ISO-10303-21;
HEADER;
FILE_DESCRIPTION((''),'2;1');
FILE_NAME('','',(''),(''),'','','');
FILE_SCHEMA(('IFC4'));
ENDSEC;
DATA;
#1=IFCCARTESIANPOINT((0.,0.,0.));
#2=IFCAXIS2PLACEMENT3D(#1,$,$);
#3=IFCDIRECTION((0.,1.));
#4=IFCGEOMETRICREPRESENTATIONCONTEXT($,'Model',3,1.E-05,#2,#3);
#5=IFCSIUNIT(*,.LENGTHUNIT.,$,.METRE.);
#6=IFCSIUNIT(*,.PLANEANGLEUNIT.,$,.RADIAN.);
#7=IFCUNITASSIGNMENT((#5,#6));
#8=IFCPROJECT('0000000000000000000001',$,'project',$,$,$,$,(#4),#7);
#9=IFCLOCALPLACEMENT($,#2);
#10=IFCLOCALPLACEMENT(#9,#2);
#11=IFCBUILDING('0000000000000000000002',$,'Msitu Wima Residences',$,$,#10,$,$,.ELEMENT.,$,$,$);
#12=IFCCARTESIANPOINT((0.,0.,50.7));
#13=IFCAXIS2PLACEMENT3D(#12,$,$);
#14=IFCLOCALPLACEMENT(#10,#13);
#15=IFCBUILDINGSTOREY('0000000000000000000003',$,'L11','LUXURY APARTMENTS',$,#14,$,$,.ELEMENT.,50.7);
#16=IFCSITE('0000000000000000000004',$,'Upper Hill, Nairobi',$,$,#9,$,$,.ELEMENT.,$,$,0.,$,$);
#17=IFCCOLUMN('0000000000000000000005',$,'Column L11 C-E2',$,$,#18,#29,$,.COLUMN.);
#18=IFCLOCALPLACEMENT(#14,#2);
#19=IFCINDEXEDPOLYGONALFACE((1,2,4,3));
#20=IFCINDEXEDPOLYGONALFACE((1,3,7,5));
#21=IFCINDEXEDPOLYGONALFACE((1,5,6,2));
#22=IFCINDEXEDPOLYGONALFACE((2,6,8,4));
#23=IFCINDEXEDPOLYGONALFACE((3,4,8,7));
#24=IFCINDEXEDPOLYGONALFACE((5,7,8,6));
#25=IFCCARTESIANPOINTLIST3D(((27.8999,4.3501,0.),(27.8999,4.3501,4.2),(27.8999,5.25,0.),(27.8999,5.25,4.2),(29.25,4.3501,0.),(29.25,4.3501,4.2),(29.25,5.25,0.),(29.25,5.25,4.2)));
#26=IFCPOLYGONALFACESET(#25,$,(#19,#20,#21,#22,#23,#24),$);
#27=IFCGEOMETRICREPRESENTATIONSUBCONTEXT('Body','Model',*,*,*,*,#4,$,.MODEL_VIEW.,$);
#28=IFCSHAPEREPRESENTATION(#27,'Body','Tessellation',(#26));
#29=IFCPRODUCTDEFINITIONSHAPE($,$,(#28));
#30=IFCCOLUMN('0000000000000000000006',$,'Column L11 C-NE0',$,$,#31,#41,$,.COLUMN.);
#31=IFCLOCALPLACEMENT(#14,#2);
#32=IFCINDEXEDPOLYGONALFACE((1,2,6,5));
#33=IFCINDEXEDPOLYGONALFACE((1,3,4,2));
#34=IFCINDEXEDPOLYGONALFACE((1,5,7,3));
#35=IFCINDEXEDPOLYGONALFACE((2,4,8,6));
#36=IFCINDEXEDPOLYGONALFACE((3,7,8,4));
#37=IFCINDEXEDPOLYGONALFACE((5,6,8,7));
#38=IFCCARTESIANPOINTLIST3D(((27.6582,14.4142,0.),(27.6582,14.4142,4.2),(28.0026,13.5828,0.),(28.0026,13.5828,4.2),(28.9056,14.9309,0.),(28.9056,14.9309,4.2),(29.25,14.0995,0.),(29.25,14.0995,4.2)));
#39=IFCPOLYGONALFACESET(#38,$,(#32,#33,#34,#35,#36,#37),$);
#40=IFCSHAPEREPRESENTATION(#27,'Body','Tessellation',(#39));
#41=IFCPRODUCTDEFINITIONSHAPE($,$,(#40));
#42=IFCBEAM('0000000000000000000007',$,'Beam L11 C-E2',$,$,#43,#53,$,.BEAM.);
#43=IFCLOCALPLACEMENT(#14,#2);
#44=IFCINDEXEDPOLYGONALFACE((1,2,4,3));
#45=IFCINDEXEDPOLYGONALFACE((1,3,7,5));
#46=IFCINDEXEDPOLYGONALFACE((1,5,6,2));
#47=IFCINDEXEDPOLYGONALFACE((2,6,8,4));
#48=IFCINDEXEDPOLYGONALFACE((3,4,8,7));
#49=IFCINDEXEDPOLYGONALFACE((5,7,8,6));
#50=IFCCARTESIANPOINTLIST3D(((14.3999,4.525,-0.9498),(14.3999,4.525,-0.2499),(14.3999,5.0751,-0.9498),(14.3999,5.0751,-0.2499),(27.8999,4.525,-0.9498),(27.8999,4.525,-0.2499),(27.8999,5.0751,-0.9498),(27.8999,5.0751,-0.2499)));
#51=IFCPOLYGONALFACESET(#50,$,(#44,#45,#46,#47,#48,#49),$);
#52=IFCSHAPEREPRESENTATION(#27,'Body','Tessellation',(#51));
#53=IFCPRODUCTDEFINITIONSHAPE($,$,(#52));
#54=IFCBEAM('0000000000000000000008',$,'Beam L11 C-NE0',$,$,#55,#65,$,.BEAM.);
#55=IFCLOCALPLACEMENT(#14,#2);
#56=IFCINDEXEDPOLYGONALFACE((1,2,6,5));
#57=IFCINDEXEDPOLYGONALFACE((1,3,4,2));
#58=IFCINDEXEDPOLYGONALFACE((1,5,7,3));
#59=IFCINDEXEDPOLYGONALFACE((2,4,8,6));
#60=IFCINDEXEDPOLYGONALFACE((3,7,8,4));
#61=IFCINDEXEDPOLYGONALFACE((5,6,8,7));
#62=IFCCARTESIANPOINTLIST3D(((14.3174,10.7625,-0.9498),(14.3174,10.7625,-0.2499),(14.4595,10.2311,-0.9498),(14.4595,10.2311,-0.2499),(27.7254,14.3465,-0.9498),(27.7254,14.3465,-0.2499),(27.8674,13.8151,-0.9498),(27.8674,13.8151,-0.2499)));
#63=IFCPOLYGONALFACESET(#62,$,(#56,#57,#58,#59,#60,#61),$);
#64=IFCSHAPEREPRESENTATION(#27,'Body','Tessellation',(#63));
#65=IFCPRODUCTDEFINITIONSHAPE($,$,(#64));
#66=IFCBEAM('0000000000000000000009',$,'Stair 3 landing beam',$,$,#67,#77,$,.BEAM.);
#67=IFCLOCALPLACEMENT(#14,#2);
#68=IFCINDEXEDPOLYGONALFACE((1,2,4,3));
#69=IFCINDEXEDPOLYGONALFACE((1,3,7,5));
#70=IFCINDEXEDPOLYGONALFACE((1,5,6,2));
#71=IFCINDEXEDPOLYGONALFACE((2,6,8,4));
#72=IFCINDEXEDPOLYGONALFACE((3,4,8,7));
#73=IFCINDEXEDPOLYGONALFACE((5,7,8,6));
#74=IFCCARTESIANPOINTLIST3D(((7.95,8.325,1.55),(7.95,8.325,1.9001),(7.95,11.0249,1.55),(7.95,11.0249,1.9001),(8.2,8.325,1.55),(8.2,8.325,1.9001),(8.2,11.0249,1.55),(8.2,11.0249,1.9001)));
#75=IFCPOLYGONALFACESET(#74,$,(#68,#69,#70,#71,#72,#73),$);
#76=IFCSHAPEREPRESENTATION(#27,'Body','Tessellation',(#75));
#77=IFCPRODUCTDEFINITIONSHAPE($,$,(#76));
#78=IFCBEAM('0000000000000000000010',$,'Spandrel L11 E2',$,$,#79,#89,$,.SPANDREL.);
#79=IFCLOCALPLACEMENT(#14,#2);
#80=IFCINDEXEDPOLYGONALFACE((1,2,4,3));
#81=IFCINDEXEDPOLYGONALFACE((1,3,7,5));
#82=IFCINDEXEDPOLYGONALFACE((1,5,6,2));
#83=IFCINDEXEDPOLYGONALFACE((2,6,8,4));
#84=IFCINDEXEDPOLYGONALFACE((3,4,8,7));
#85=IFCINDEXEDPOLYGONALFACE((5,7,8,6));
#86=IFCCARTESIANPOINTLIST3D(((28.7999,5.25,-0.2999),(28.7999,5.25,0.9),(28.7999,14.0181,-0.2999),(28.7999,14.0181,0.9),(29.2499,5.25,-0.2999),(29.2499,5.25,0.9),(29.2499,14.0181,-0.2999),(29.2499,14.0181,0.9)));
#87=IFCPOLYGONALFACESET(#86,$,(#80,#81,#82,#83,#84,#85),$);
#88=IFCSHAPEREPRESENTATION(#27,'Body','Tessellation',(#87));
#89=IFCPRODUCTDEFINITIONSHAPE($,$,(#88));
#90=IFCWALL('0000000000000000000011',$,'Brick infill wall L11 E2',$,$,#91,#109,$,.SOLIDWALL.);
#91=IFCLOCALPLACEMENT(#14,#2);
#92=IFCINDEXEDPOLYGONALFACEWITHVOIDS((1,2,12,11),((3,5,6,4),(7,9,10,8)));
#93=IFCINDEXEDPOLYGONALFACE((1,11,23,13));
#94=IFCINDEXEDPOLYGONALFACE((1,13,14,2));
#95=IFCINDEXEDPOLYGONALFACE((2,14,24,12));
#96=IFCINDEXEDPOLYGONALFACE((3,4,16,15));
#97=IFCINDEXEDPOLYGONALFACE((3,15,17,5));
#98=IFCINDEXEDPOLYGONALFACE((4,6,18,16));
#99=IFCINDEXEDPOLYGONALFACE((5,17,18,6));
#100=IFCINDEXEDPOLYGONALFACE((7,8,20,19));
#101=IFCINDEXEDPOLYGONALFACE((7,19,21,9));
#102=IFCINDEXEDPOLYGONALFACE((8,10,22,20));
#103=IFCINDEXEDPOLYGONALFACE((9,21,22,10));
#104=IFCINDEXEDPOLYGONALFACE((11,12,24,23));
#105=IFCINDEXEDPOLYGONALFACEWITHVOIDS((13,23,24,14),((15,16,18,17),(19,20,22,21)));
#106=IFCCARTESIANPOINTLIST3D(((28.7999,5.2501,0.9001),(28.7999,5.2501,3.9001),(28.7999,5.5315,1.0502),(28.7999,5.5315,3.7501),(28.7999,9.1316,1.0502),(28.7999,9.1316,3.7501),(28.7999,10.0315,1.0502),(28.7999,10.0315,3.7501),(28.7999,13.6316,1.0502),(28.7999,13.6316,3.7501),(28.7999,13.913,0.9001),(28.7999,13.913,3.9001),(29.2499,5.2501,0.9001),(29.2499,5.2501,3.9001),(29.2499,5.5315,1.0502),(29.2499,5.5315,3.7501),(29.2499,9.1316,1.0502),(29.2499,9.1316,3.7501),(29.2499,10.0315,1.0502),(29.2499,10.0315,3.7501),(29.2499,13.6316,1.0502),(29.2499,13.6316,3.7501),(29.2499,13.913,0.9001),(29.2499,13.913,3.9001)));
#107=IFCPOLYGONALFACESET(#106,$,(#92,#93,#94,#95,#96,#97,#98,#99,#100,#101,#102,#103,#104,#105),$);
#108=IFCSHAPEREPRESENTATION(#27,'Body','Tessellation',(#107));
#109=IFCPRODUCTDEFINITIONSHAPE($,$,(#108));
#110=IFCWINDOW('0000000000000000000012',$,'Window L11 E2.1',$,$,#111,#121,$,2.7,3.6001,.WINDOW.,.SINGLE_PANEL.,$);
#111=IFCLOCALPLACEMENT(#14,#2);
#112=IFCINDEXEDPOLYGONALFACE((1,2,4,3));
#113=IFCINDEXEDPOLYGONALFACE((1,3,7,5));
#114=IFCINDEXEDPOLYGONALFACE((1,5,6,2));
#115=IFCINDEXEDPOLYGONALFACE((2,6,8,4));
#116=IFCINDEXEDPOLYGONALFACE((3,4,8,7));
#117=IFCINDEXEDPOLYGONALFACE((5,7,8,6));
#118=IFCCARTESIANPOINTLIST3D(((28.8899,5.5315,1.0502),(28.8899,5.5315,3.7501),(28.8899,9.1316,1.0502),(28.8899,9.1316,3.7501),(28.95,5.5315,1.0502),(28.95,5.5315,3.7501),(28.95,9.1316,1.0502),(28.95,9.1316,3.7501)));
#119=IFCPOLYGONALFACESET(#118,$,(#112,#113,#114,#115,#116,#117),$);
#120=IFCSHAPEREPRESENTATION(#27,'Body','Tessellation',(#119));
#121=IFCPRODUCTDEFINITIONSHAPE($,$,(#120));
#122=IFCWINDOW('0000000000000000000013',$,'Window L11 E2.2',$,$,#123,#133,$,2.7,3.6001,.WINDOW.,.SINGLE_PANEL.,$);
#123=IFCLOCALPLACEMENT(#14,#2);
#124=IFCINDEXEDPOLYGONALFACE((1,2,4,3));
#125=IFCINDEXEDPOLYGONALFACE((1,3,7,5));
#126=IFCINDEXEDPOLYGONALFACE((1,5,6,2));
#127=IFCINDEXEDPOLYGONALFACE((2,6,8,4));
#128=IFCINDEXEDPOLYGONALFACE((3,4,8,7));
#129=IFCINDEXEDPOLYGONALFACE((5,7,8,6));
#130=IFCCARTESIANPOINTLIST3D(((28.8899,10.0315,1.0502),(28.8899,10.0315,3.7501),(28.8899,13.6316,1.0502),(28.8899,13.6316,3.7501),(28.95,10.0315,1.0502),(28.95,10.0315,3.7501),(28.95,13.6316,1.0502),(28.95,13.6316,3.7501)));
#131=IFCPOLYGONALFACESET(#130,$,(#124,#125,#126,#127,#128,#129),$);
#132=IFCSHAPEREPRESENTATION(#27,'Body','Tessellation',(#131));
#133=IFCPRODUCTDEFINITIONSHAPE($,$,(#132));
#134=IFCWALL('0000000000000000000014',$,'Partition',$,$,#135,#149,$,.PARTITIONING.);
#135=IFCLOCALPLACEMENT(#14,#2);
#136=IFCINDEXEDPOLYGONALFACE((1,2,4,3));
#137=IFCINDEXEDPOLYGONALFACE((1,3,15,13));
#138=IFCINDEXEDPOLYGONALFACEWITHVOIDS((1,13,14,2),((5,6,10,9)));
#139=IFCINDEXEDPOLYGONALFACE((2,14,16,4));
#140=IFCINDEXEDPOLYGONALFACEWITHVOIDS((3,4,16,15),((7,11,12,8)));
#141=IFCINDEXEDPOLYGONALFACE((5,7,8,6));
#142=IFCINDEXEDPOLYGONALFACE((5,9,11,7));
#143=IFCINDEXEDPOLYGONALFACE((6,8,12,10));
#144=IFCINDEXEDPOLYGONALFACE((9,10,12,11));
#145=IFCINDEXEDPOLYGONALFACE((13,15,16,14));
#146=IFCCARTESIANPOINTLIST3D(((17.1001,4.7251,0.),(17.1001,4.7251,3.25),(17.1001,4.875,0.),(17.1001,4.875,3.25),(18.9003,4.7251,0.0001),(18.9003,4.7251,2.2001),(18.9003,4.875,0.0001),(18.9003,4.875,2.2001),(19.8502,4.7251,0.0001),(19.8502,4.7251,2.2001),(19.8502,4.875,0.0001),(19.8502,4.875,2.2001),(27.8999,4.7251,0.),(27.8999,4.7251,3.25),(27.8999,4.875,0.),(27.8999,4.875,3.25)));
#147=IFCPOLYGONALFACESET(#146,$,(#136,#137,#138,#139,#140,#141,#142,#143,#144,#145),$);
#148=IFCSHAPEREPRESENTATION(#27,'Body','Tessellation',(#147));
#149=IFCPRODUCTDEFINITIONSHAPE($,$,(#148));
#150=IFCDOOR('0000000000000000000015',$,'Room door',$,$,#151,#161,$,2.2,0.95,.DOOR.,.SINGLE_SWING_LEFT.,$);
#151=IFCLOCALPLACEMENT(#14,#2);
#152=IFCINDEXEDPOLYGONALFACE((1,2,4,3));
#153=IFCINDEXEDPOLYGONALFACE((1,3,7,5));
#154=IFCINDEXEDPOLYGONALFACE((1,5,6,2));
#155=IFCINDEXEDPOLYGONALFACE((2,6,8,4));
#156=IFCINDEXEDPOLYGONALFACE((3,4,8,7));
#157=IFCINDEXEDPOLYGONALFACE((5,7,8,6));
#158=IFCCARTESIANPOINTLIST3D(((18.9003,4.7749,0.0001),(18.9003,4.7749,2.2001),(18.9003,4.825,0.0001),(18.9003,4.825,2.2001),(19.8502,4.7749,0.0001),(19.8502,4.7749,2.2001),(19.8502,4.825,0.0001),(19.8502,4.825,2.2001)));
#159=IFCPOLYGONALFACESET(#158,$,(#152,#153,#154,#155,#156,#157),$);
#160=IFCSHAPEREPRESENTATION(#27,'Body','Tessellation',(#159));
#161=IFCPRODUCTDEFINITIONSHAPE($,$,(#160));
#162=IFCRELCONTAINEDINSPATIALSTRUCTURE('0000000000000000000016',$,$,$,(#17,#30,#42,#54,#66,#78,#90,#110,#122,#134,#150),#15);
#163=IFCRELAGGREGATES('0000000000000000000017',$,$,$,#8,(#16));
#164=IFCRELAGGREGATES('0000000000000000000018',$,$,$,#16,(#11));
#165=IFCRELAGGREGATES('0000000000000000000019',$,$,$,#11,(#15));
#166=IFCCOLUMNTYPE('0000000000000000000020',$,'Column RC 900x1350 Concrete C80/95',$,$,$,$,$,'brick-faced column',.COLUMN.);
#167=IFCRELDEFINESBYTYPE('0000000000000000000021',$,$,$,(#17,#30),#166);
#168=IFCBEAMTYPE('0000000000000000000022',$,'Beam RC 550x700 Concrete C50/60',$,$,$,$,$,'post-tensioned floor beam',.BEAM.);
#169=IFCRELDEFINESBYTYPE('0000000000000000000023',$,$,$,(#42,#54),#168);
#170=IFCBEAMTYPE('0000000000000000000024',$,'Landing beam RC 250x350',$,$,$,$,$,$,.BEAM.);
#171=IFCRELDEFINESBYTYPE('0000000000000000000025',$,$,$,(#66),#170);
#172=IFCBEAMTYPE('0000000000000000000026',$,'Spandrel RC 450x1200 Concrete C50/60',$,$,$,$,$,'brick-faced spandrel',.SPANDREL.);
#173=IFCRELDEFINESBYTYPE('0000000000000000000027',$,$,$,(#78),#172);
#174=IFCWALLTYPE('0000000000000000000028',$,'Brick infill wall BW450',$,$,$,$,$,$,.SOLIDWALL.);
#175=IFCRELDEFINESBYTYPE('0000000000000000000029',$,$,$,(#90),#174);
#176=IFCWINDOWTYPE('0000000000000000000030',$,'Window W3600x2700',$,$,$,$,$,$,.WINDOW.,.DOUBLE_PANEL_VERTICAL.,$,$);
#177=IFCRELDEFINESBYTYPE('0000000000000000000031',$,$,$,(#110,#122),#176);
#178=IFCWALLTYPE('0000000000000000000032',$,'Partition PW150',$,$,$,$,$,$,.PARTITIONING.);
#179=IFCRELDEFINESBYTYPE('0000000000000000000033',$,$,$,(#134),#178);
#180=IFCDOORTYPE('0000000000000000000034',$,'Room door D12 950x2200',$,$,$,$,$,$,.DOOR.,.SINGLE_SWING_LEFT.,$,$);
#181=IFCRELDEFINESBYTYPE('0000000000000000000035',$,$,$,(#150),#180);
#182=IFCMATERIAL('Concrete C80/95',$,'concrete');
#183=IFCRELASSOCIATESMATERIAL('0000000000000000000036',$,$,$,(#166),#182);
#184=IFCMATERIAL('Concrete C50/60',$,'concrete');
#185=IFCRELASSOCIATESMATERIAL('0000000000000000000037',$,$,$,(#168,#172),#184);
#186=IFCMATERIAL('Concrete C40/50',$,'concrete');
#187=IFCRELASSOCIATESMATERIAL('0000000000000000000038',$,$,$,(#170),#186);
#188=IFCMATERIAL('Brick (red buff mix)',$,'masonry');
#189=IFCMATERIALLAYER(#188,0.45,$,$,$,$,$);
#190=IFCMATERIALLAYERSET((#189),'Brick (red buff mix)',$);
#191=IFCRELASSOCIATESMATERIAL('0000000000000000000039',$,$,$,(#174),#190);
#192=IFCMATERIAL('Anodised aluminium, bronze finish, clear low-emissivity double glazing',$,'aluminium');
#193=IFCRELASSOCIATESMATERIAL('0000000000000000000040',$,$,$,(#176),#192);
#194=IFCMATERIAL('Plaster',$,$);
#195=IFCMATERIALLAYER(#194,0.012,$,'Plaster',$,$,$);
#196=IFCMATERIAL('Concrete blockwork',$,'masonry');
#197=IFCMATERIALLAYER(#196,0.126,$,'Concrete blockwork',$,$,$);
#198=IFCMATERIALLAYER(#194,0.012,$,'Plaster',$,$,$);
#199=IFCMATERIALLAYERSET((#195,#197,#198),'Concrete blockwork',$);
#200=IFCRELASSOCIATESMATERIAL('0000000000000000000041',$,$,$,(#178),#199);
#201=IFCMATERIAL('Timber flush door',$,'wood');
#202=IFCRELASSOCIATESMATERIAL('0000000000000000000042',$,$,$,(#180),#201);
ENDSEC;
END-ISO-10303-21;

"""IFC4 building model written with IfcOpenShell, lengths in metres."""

from ifc_helpers import new_model, si_unit, direction, frame, frame_2d, origin, origin_2d, place, context, subcontext, project, spatial, rectangle, extrude, material, layer, layer_set, material_profile, profile_set, type_object, element, fill, save


model = new_model("IFC4")

# Units and contexts
model_context = context("Model", 3, precision=1e-05, world=origin(), true_north=direction((0.0, 1.0)))
body_context = subcontext(model_context, "Body", "Model", "MODEL_VIEW")
ifc_project = project(units=[si_unit("LENGTHUNIT", "METRE"), si_unit("PLANEANGLEUNIT", "RADIAN")], contexts=[model_context])

# Site, building, storey
site_placement = place(None, origin())
site = spatial("IfcSite", under=ifc_project, at=site_placement, Name="Upper Hill, Nairobi", CompositionType="ELEMENT", RefElevation=0.0)
building_placement = place(site_placement, origin())
building = spatial("IfcBuilding", under=site, at=building_placement, Name="Msitu Wima Residences", CompositionType="ELEMENT")
storey_placement = place(building_placement, frame((0.0, 0.0, 50.7)))
storey = spatial("IfcBuildingStorey", under=building, at=storey_placement, Name="L11", Description="LUXURY APARTMENTS", CompositionType="ELEMENT", Elevation=50.7)

# Columns
ifc_material_1 = material(Name="Concrete C80/95", Category="concrete")
ifc_material_profile_1 = material_profile(ifc_material_1, rectangle(XDim=0.8999, YDim=1.3501, at=origin_2d()), Name="RC 900x1350")
ifc_profile_set_1 = profile_set([ifc_material_profile_1], Name="Concrete C80/95")
column_type = type_object("IfcColumnType", Name="Column RC 900x1350 Concrete C80/95", ElementType="brick-faced column", PredefinedType="COLUMN", material=ifc_profile_set_1)
for number, where, z_axis, x_axis, name in (
    (1, (28.575, 4.8, 0.0), (0.0, 0.0, 1.0), (0.0, 1.0, 0.0), "Column L11 C-E2"),
    (2, (28.4541, 14.2568, 0.0), (0.0, 0.0, 1.0), (-0.382683, 0.92388, 0.0), "Column L11 C-NE0"),
):
    element("IfcColumn", number, at=place(storey_placement, frame(where, z_axis=z_axis, x_axis=x_axis)), inside=storey, type_object=column_type, Name=name, PredefinedType="COLUMN", context=body_context, shape_type="SweptSolid", body=[
        extrude(rectangle(XDim=0.8999, YDim=1.3501, at=origin_2d()), origin(), (0.0, 0.0, 1.0), 4.2),
    ])

# Beams
ifc_material_2 = material(Name="Concrete C50/60", Category="concrete")
ifc_material_profile_2 = material_profile(ifc_material_2, rectangle(XDim=0.55, YDim=0.7, at=origin_2d()), Name="RC 550x700")
ifc_profile_set_2 = profile_set([ifc_material_profile_2], Name="Concrete C50/60")
beam_type_1 = type_object("IfcBeamType", Name="Beam RC 550x700 Concrete C50/60", ElementType="post-tensioned floor beam", PredefinedType="BEAM", material=ifc_profile_set_2)
beam_1_placement = place(storey_placement, frame((27.8999, 4.8, -0.5999), z_axis=(-1.0, 0.0, 0.0), x_axis=(0.0, -1.0, 0.0)))
element("IfcBeam", 3, at=beam_1_placement, inside=storey, type_object=beam_type_1, Name="Beam L11 C-E2", PredefinedType="BEAM", context=body_context, shape_type="SweptSolid", body=[
    extrude(rectangle(XDim=0.55, YDim=0.7, at=origin_2d()), origin(), (0.0, 0.0, 1.0), 13.5),
])
beam_2_placement = place(storey_placement, frame((27.7964, 14.0808, -0.5999), z_axis=(-0.966082, -0.258236, 0.0), x_axis=(0.258236, -0.966082, 0.0)))
element("IfcBeam", 4, at=beam_2_placement, inside=storey, type_object=beam_type_1, Name="Beam L11 C-NE0", PredefinedType="BEAM", context=body_context, shape_type="SweptSolid", body=[
    extrude(rectangle(XDim=0.55, YDim=0.7, at=origin_2d()), origin(), (0.0, 0.0, 1.0), 13.8787),
])
ifc_material_3 = material(Name="Concrete C40/50", Category="concrete")
ifc_material_profile_3 = material_profile(ifc_material_3, rectangle(XDim=0.25, YDim=0.3501, at=origin_2d()), Name="RC 250x350")
ifc_profile_set_3 = profile_set([ifc_material_profile_3], Name="Concrete C40/50")
beam_type_2 = type_object("IfcBeamType", Name="Landing beam RC 250x350", PredefinedType="BEAM", material=ifc_profile_set_3)
beam_3_placement = place(storey_placement, frame((8.075, 8.325, 1.7251), z_axis=(0.0, 1.0, 0.0), x_axis=(-1.0, 0.0, 0.0)))
element("IfcBeam", 5, at=beam_3_placement, inside=storey, type_object=beam_type_2, Name="Stair 3 landing beam", PredefinedType="BEAM", context=body_context, shape_type="SweptSolid", body=[
    extrude(rectangle(XDim=0.25, YDim=0.3501, at=origin_2d()), origin(), (0.0, 0.0, 1.0), 2.7),
])
ifc_material_profile_4 = material_profile(ifc_material_2, rectangle(XDim=0.45, YDim=1.2, at=origin_2d()), Name="RC 450x1200")
ifc_profile_set_4 = profile_set([ifc_material_profile_4], Name="Concrete C50/60")
beam_type_3 = type_object("IfcBeamType", Name="Spandrel RC 450x1200 Concrete C50/60", ElementType="brick-faced spandrel", PredefinedType="SPANDREL", material=ifc_profile_set_4)
beam_4_placement = place(storey_placement, frame((29.0249, 5.25, 0.3), z_axis=(0.0, 1.0, 0.0), x_axis=(-1.0, 0.0, 0.0)))
element("IfcBeam", 6, at=beam_4_placement, inside=storey, type_object=beam_type_3, Name="Spandrel L11 E2", PredefinedType="SPANDREL", context=body_context, shape_type="SweptSolid", body=[
    extrude(rectangle(XDim=0.45, YDim=1.2, at=origin_2d()), origin(), (0.0, 0.0, 1.0), 8.7681),
])

# Wall, openings, windows
ifc_material_4 = material(Name="Brick (red buff mix)", Category="masonry")
ifc_layer_1 = layer(ifc_material_4, 0.45)
ifc_layer_set_1 = layer_set([ifc_layer_1], Name="Brick (red buff mix)")
wall_type_1 = type_object("IfcWallType", Name="Brick infill wall BW450", PredefinedType="SOLIDWALL", material=ifc_layer_set_1)
wall_1_placement = place(storey_placement, frame((29.0249, 5.25, 0.9001), z_axis=(0.0, 0.0, 1.0), x_axis=(0.0, 1.0, 0.0)))
wall_1 = element("IfcWall", 7, at=wall_1_placement, inside=storey, type_object=wall_type_1, Name="Brick infill wall L11 E2", PredefinedType="SOLIDWALL", context=body_context, shape_type="SweptSolid", body=[
    extrude(rectangle(XDim=8.6628, YDim=0.45, at=frame_2d((4.3315, 0.0))), origin(), (0.0, 0.0, 1.0), 3.0),
])
opening_1_placement = place(wall_1_placement, frame((0.2815, 0.0, 0.1499)))
opening_1 = element("IfcOpeningElement", 8, at=opening_1_placement, cuts=wall_1, PredefinedType="OPENING", context=body_context, shape_type="SweptSolid", body=[
    extrude(rectangle(XDim=3.6001, YDim=2.7, at=frame_2d((1.8, 1.3501))), frame((0.0, 0.2349, 0.0), z_axis=(0.0, -1.0, 0.0), x_axis=(1.0, 0.0, 0.0)), (0.0, 0.0, 1.0), 0.47),
])
opening_2_placement = place(wall_1_placement, frame((4.7815, 0.0, 0.1499)))
opening_2 = element("IfcOpeningElement", 9, at=opening_2_placement, cuts=wall_1, PredefinedType="OPENING", context=body_context, shape_type="SweptSolid", body=[
    extrude(rectangle(XDim=3.6001, YDim=2.7, at=frame_2d((1.8, 1.3501))), frame((0.0, 0.2349, 0.0), z_axis=(0.0, -1.0, 0.0), x_axis=(1.0, 0.0, 0.0)), (0.0, 0.0, 1.0), 0.47),
])
ifc_material_5 = material(Name="Anodised aluminium, bronze finish, clear low-emissivity double glazing", Category="aluminium")
window_type = type_object("IfcWindowType", Name="Window W3600x2700", PartitioningType="DOUBLE_PANEL_VERTICAL", PredefinedType="WINDOW", material=ifc_material_5)
window_1_placement = place(opening_1_placement, origin())
window_1 = element("IfcWindow", 10, at=window_1_placement, inside=storey, type_object=window_type, Name="Window L11 E2.1", OverallHeight=2.7, OverallWidth=3.6001, PartitioningType="SINGLE_PANEL", PredefinedType="WINDOW", context=body_context, shape_type="SweptSolid", body=[
    extrude(rectangle(XDim=3.6001, YDim=2.7, at=frame_2d((1.8, 1.3501))), frame((0.0, 0.135, 0.0), z_axis=(0.0, -1.0, 0.0), x_axis=(1.0, 0.0, 0.0)), (0.0, 0.0, 1.0), 0.0601),
])
fill(opening_1, window_1)
window_2_placement = place(opening_2_placement, origin())
window_2 = element("IfcWindow", 11, at=window_2_placement, inside=storey, type_object=window_type, Name="Window L11 E2.2", OverallHeight=2.7, OverallWidth=3.6001, PartitioningType="SINGLE_PANEL", PredefinedType="WINDOW", context=body_context, shape_type="SweptSolid", body=[
    extrude(rectangle(XDim=3.6001, YDim=2.7, at=frame_2d((1.8, 1.3501))), frame((0.0, 0.135, 0.0), z_axis=(0.0, -1.0, 0.0), x_axis=(1.0, 0.0, 0.0)), (0.0, 0.0, 1.0), 0.0601),
])
fill(opening_2, window_2)

# Wall, opening, door
ifc_material_6 = material(Name="Plaster")
ifc_layer_2 = layer(ifc_material_6, 0.012, Name="Plaster")
ifc_material_7 = material(Name="Concrete blockwork", Category="masonry")
ifc_layer_3 = layer(ifc_material_7, 0.126, Name="Concrete blockwork")
ifc_layer_4 = layer(ifc_material_6, 0.012, Name="Plaster")
ifc_layer_set_2 = layer_set([ifc_layer_2, ifc_layer_3, ifc_layer_4], Name="Concrete blockwork")
wall_type_2 = type_object("IfcWallType", Name="Partition PW150", PredefinedType="PARTITIONING", material=ifc_layer_set_2)
wall_2_placement = place(storey_placement, frame((17.1001, 4.8, 0.0), z_axis=(0.0, 0.0, 1.0), x_axis=(1.0, 0.0, 0.0)))
wall_2 = element("IfcWall", 12, at=wall_2_placement, inside=storey, type_object=wall_type_2, Name="Partition", PredefinedType="PARTITIONING", context=body_context, shape_type="SweptSolid", body=[
    extrude(rectangle(XDim=10.7998, YDim=0.1499, at=frame_2d((5.3999, 0.0))), origin(), (0.0, 0.0, 1.0), 3.25),
])
opening_3_placement = place(wall_2_placement, frame((1.8, 0.0, 0.0)))
opening_3 = element("IfcOpeningElement", 13, at=opening_3_placement, cuts=wall_2, PredefinedType="OPENING", context=body_context, shape_type="SweptSolid", body=[
    extrude(rectangle(XDim=0.95, YDim=2.2, at=frame_2d((0.4751, 1.1001))), frame((0.0, 0.085, 0.0), z_axis=(0.0, -1.0, 0.0), x_axis=(1.0, 0.0, 0.0)), (0.0, 0.0, 1.0), 0.1699),
])
ifc_material_8 = material(Name="Timber flush door", Category="wood")
door_type_1 = type_object("IfcDoorType", Name="Room door D12 950x2200", OperationType="SINGLE_SWING_LEFT", PredefinedType="DOOR", material=ifc_material_8)
door_1_placement = place(opening_3_placement, origin())
door_1 = element("IfcDoor", 14, at=door_1_placement, inside=storey, type_object=door_type_1, Name="Room door", OperationType="SINGLE_SWING_LEFT", OverallHeight=2.2, OverallWidth=0.95, PredefinedType="DOOR", context=body_context, shape_type="SweptSolid", body=[
    extrude(rectangle(XDim=0.95, YDim=2.2, at=frame_2d((0.4751, 1.1001))), frame((0.0, 0.0249, 0.0), z_axis=(0.0, -1.0, 0.0), x_axis=(1.0, 0.0, 0.0)), (0.0, 0.0, 1.0), 0.05),
])
fill(opening_3, door_1)

save(model, "model.ifc")
